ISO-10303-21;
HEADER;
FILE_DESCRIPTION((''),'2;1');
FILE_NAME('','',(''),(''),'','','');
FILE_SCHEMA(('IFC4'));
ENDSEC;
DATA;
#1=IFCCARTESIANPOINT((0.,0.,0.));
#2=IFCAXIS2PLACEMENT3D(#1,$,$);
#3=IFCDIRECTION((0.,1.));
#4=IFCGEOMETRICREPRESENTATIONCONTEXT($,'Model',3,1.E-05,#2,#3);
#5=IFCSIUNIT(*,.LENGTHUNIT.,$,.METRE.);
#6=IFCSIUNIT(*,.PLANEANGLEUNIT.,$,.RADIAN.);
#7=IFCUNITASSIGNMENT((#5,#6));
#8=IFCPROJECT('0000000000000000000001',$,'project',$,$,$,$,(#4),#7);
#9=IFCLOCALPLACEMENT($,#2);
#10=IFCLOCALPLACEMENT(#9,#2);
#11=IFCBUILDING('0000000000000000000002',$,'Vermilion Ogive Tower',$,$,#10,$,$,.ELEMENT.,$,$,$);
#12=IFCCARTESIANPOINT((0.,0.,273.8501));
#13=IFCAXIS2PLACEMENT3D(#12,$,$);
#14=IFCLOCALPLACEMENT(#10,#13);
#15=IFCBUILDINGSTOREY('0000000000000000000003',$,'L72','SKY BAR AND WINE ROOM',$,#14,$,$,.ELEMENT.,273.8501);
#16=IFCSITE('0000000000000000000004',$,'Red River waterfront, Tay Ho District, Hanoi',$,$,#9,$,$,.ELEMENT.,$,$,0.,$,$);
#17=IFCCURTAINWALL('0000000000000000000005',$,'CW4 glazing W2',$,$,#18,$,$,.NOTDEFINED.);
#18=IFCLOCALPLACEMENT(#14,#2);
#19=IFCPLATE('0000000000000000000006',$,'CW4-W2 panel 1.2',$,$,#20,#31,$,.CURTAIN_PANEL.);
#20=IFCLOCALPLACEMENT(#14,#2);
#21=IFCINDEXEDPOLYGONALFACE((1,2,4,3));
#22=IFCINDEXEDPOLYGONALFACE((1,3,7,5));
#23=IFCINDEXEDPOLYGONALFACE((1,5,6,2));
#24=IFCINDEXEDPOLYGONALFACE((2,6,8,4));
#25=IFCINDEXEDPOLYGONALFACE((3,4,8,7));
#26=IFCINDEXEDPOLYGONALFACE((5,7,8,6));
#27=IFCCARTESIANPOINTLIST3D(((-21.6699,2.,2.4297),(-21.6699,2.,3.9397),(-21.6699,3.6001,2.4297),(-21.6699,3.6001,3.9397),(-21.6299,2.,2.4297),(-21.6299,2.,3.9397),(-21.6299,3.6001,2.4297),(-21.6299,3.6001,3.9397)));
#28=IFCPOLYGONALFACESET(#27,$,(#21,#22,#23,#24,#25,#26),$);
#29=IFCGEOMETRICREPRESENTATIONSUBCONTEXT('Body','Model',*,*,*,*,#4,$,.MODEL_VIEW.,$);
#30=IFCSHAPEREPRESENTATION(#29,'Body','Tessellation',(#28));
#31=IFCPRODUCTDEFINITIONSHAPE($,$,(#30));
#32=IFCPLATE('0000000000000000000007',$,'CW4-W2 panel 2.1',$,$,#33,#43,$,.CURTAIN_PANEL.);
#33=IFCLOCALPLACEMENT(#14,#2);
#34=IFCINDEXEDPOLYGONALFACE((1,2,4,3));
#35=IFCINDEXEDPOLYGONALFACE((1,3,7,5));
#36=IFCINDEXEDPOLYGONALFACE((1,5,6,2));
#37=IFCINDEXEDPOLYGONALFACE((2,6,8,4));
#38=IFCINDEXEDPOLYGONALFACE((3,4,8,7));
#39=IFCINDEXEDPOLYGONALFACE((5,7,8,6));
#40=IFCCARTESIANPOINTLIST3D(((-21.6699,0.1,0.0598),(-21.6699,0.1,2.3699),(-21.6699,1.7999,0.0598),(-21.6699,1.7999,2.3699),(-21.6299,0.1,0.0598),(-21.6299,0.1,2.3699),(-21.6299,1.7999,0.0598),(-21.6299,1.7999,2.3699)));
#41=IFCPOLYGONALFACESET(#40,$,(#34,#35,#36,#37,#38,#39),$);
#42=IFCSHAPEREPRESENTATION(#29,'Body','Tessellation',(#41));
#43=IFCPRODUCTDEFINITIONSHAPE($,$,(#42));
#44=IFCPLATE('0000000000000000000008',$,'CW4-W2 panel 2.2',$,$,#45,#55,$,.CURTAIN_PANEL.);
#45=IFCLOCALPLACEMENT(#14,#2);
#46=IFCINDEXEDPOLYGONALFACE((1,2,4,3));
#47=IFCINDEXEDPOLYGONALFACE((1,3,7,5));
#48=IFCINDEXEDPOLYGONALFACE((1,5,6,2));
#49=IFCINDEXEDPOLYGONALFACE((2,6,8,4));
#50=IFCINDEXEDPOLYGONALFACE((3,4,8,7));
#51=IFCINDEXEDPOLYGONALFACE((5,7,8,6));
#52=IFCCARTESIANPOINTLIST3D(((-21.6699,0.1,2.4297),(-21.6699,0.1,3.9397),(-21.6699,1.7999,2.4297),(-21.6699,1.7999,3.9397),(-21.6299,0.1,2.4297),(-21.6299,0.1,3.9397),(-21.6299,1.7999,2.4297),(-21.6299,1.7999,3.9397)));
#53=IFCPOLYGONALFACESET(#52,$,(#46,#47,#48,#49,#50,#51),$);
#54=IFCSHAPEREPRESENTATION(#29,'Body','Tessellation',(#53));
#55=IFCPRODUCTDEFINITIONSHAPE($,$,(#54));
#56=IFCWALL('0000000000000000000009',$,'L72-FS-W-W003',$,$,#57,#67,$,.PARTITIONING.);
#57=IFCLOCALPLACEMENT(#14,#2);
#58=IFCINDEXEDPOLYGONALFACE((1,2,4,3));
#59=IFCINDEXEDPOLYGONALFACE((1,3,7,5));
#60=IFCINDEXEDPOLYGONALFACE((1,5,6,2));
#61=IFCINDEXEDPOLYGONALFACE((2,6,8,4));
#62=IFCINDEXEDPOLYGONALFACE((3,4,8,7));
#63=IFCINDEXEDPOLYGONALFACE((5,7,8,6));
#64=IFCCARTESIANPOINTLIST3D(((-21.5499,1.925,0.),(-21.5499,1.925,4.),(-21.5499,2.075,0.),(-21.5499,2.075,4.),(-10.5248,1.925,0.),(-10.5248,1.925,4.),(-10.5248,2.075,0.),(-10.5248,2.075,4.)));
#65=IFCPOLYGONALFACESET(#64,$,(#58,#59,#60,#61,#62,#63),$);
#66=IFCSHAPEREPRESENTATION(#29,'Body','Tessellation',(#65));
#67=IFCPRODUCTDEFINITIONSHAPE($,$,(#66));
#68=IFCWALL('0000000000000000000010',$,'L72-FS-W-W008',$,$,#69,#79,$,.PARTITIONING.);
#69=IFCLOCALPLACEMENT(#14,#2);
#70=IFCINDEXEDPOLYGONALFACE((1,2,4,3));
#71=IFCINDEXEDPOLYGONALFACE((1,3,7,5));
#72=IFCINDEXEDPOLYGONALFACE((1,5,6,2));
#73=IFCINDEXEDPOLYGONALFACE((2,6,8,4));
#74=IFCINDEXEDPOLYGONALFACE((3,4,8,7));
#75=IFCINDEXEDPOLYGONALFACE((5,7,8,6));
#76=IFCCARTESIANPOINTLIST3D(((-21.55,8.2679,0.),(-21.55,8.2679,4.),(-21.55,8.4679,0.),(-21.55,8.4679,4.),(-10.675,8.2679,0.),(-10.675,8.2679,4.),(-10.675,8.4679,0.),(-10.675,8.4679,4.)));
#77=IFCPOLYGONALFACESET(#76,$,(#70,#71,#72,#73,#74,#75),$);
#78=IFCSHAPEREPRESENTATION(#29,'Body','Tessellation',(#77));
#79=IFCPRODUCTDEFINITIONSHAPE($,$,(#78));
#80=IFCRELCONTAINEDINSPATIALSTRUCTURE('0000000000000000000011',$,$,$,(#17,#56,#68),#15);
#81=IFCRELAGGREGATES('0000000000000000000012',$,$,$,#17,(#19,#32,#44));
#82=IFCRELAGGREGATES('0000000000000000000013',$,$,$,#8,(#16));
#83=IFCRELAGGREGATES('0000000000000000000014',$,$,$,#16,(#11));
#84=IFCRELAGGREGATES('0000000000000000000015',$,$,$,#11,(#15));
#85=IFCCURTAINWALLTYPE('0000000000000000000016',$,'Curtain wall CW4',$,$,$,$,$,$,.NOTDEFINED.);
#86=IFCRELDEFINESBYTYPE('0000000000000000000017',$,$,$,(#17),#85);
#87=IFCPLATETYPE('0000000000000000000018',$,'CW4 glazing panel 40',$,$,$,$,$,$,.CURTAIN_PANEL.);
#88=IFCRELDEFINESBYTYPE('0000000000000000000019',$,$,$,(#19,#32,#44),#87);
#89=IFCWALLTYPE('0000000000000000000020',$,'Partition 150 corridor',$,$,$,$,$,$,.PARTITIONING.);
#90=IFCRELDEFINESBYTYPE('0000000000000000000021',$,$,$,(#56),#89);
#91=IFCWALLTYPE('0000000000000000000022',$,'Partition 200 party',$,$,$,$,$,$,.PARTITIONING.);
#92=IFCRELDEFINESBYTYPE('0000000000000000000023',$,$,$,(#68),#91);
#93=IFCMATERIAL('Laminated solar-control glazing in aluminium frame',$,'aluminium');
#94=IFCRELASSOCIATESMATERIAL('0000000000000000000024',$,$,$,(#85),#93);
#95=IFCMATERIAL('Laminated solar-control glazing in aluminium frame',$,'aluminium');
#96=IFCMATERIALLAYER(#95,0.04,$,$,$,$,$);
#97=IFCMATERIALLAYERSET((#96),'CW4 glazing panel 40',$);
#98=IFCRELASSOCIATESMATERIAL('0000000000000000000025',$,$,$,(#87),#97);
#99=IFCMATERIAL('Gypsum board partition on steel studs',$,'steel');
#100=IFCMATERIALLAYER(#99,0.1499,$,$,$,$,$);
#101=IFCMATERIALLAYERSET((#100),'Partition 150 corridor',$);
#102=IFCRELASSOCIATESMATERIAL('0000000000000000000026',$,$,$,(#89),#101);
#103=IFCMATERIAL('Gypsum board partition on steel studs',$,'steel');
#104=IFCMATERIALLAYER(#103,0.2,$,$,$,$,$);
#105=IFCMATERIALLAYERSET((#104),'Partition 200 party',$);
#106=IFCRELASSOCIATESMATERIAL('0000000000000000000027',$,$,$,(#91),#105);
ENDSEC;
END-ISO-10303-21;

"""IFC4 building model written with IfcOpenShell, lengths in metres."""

from ifc_helpers import new_model, si_unit, direction, frame, frame_2d, origin, origin_2d, place, context, subcontext, project, spatial, rectangle, extrude, material, layer, layer_set, type_object, element, aggregate, save


model = new_model("IFC4")

# Units and contexts
model_context = context("Model", 3, precision=1e-05, world=origin(), true_north=direction((0.0, 1.0)))
body_context = subcontext(model_context, "Body", "Model", "MODEL_VIEW")
ifc_project = project(units=[si_unit("LENGTHUNIT", "METRE"), si_unit("PLANEANGLEUNIT", "RADIAN")], contexts=[model_context])

# Site, building, storey
site_placement = place(None, origin())
site = spatial("IfcSite", under=ifc_project, at=site_placement, Name="Red River waterfront, Tay Ho District, Hanoi", CompositionType="ELEMENT", RefElevation=0.0)
building_placement = place(site_placement, origin())
building = spatial("IfcBuilding", under=site, at=building_placement, Name="Vermilion Ogive Tower", CompositionType="ELEMENT")
storey_placement = place(building_placement, frame((0.0, 0.0, 273.8501)))
storey = spatial("IfcBuildingStorey", under=building, at=storey_placement, Name="L72", Description="SKY BAR AND WINE ROOM", CompositionType="ELEMENT", Elevation=273.8501)

# Curtain wall
ifc_material_1 = material(Name="Laminated solar-control glazing in aluminium frame", Category="aluminium")
curtain_wall_type = type_object("IfcCurtainWallType", Name="Curtain wall CW4", PredefinedType="NOTDEFINED", material=ifc_material_1)
curtain_wall_1_placement = place(storey_placement, origin())
curtain_wall_1 = element("IfcCurtainWall", 1, at=curtain_wall_1_placement, inside=storey, type_object=curtain_wall_type, Name="CW4 glazing W2", PredefinedType="NOTDEFINED")

# Plates
ifc_material_2 = material(Name="Laminated solar-control glazing in aluminium frame", Category="aluminium")
ifc_layer_1 = layer(ifc_material_2, 0.04)
ifc_layer_set_1 = layer_set([ifc_layer_1], Name="CW4 glazing panel 40")
plate_type = type_object("IfcPlateType", Name="CW4 glazing panel 40", PredefinedType="CURTAIN_PANEL", material=ifc_layer_set_1)
plate_1_placement = place(storey_placement, frame((-21.6499, 2.8, 2.4297), z_axis=(0.0, 0.0, 1.0), x_axis=(0.0, -1.0, 0.0)))
plate_1 = element("IfcPlate", 2, at=plate_1_placement, type_object=plate_type, Name="CW4-W2 panel 1.2", PredefinedType="CURTAIN_PANEL", context=body_context, shape_type="SweptSolid", body=[
    extrude(rectangle(XDim=1.6001, YDim=0.04, at=origin_2d()), origin(), (0.0, 0.0, 1.0), 1.51),
])
plate_2_placement = place(storey_placement, frame((-21.6499, 0.95, 0.0598), z_axis=(0.0, 0.0, 1.0), x_axis=(0.0, -1.0, 0.0)))
plate_2 = element("IfcPlate", 3, at=plate_2_placement, type_object=plate_type, Name="CW4-W2 panel 2.1", PredefinedType="CURTAIN_PANEL", context=body_context, shape_type="SweptSolid", body=[
    extrude(rectangle(XDim=1.7, YDim=0.04, at=origin_2d()), origin(), (0.0, 0.0, 1.0), 2.3101),
])
plate_3_placement = place(storey_placement, frame((-21.6499, 0.95, 2.4297), z_axis=(0.0, 0.0, 1.0), x_axis=(0.0, -1.0, 0.0)))
plate_3 = element("IfcPlate", 4, at=plate_3_placement, type_object=plate_type, Name="CW4-W2 panel 2.2", PredefinedType="CURTAIN_PANEL", context=body_context, shape_type="SweptSolid", body=[
    extrude(rectangle(XDim=1.7, YDim=0.04, at=origin_2d()), origin(), (0.0, 0.0, 1.0), 1.51),
])
aggregate(curtain_wall_1, [plate_1, plate_2, plate_3])

# Walls
ifc_material_3 = material(Name="Gypsum board partition on steel studs", Category="steel")
ifc_layer_2 = layer(ifc_material_3, 0.1499)
ifc_layer_set_2 = layer_set([ifc_layer_2], Name="Partition 150 corridor")
wall_type_1 = type_object("IfcWallType", Name="Partition 150 corridor", PredefinedType="PARTITIONING", material=ifc_layer_set_2)
wall_1_placement = place(storey_placement, frame((-21.55, 2.0, 0.0), z_axis=(0.0, 0.0, 1.0), x_axis=(1.0, 0.0, 0.0)))
element("IfcWall", 5, at=wall_1_placement, inside=storey, type_object=wall_type_1, Name="L72-FS-W-W003", PredefinedType="PARTITIONING", context=body_context, shape_type="SweptSolid", body=[
    extrude(rectangle(XDim=11.0251, YDim=0.1499, at=frame_2d((5.5127, 0.0))), origin(), (0.0, 0.0, 1.0), 4.0),
])
ifc_material_4 = material(Name="Gypsum board partition on steel studs", Category="steel")
ifc_layer_3 = layer(ifc_material_4, 0.2)
ifc_layer_set_3 = layer_set([ifc_layer_3], Name="Partition 200 party")
wall_type_2 = type_object("IfcWallType", Name="Partition 200 party", PredefinedType="PARTITIONING", material=ifc_layer_set_3)
wall_2_placement = place(storey_placement, frame((-21.55, 8.3679, 0.0), z_axis=(0.0, 0.0, 1.0), x_axis=(1.0, 0.0, 0.0)))
element("IfcWall", 6, at=wall_2_placement, inside=storey, type_object=wall_type_2, Name="L72-FS-W-W008", PredefinedType="PARTITIONING", context=body_context, shape_type="SweptSolid", body=[
    extrude(rectangle(XDim=10.875, YDim=0.2, at=frame_2d((5.4375, 0.0))), origin(), (0.0, 0.0, 1.0), 4.0),
])

save(model, "model.ifc")
